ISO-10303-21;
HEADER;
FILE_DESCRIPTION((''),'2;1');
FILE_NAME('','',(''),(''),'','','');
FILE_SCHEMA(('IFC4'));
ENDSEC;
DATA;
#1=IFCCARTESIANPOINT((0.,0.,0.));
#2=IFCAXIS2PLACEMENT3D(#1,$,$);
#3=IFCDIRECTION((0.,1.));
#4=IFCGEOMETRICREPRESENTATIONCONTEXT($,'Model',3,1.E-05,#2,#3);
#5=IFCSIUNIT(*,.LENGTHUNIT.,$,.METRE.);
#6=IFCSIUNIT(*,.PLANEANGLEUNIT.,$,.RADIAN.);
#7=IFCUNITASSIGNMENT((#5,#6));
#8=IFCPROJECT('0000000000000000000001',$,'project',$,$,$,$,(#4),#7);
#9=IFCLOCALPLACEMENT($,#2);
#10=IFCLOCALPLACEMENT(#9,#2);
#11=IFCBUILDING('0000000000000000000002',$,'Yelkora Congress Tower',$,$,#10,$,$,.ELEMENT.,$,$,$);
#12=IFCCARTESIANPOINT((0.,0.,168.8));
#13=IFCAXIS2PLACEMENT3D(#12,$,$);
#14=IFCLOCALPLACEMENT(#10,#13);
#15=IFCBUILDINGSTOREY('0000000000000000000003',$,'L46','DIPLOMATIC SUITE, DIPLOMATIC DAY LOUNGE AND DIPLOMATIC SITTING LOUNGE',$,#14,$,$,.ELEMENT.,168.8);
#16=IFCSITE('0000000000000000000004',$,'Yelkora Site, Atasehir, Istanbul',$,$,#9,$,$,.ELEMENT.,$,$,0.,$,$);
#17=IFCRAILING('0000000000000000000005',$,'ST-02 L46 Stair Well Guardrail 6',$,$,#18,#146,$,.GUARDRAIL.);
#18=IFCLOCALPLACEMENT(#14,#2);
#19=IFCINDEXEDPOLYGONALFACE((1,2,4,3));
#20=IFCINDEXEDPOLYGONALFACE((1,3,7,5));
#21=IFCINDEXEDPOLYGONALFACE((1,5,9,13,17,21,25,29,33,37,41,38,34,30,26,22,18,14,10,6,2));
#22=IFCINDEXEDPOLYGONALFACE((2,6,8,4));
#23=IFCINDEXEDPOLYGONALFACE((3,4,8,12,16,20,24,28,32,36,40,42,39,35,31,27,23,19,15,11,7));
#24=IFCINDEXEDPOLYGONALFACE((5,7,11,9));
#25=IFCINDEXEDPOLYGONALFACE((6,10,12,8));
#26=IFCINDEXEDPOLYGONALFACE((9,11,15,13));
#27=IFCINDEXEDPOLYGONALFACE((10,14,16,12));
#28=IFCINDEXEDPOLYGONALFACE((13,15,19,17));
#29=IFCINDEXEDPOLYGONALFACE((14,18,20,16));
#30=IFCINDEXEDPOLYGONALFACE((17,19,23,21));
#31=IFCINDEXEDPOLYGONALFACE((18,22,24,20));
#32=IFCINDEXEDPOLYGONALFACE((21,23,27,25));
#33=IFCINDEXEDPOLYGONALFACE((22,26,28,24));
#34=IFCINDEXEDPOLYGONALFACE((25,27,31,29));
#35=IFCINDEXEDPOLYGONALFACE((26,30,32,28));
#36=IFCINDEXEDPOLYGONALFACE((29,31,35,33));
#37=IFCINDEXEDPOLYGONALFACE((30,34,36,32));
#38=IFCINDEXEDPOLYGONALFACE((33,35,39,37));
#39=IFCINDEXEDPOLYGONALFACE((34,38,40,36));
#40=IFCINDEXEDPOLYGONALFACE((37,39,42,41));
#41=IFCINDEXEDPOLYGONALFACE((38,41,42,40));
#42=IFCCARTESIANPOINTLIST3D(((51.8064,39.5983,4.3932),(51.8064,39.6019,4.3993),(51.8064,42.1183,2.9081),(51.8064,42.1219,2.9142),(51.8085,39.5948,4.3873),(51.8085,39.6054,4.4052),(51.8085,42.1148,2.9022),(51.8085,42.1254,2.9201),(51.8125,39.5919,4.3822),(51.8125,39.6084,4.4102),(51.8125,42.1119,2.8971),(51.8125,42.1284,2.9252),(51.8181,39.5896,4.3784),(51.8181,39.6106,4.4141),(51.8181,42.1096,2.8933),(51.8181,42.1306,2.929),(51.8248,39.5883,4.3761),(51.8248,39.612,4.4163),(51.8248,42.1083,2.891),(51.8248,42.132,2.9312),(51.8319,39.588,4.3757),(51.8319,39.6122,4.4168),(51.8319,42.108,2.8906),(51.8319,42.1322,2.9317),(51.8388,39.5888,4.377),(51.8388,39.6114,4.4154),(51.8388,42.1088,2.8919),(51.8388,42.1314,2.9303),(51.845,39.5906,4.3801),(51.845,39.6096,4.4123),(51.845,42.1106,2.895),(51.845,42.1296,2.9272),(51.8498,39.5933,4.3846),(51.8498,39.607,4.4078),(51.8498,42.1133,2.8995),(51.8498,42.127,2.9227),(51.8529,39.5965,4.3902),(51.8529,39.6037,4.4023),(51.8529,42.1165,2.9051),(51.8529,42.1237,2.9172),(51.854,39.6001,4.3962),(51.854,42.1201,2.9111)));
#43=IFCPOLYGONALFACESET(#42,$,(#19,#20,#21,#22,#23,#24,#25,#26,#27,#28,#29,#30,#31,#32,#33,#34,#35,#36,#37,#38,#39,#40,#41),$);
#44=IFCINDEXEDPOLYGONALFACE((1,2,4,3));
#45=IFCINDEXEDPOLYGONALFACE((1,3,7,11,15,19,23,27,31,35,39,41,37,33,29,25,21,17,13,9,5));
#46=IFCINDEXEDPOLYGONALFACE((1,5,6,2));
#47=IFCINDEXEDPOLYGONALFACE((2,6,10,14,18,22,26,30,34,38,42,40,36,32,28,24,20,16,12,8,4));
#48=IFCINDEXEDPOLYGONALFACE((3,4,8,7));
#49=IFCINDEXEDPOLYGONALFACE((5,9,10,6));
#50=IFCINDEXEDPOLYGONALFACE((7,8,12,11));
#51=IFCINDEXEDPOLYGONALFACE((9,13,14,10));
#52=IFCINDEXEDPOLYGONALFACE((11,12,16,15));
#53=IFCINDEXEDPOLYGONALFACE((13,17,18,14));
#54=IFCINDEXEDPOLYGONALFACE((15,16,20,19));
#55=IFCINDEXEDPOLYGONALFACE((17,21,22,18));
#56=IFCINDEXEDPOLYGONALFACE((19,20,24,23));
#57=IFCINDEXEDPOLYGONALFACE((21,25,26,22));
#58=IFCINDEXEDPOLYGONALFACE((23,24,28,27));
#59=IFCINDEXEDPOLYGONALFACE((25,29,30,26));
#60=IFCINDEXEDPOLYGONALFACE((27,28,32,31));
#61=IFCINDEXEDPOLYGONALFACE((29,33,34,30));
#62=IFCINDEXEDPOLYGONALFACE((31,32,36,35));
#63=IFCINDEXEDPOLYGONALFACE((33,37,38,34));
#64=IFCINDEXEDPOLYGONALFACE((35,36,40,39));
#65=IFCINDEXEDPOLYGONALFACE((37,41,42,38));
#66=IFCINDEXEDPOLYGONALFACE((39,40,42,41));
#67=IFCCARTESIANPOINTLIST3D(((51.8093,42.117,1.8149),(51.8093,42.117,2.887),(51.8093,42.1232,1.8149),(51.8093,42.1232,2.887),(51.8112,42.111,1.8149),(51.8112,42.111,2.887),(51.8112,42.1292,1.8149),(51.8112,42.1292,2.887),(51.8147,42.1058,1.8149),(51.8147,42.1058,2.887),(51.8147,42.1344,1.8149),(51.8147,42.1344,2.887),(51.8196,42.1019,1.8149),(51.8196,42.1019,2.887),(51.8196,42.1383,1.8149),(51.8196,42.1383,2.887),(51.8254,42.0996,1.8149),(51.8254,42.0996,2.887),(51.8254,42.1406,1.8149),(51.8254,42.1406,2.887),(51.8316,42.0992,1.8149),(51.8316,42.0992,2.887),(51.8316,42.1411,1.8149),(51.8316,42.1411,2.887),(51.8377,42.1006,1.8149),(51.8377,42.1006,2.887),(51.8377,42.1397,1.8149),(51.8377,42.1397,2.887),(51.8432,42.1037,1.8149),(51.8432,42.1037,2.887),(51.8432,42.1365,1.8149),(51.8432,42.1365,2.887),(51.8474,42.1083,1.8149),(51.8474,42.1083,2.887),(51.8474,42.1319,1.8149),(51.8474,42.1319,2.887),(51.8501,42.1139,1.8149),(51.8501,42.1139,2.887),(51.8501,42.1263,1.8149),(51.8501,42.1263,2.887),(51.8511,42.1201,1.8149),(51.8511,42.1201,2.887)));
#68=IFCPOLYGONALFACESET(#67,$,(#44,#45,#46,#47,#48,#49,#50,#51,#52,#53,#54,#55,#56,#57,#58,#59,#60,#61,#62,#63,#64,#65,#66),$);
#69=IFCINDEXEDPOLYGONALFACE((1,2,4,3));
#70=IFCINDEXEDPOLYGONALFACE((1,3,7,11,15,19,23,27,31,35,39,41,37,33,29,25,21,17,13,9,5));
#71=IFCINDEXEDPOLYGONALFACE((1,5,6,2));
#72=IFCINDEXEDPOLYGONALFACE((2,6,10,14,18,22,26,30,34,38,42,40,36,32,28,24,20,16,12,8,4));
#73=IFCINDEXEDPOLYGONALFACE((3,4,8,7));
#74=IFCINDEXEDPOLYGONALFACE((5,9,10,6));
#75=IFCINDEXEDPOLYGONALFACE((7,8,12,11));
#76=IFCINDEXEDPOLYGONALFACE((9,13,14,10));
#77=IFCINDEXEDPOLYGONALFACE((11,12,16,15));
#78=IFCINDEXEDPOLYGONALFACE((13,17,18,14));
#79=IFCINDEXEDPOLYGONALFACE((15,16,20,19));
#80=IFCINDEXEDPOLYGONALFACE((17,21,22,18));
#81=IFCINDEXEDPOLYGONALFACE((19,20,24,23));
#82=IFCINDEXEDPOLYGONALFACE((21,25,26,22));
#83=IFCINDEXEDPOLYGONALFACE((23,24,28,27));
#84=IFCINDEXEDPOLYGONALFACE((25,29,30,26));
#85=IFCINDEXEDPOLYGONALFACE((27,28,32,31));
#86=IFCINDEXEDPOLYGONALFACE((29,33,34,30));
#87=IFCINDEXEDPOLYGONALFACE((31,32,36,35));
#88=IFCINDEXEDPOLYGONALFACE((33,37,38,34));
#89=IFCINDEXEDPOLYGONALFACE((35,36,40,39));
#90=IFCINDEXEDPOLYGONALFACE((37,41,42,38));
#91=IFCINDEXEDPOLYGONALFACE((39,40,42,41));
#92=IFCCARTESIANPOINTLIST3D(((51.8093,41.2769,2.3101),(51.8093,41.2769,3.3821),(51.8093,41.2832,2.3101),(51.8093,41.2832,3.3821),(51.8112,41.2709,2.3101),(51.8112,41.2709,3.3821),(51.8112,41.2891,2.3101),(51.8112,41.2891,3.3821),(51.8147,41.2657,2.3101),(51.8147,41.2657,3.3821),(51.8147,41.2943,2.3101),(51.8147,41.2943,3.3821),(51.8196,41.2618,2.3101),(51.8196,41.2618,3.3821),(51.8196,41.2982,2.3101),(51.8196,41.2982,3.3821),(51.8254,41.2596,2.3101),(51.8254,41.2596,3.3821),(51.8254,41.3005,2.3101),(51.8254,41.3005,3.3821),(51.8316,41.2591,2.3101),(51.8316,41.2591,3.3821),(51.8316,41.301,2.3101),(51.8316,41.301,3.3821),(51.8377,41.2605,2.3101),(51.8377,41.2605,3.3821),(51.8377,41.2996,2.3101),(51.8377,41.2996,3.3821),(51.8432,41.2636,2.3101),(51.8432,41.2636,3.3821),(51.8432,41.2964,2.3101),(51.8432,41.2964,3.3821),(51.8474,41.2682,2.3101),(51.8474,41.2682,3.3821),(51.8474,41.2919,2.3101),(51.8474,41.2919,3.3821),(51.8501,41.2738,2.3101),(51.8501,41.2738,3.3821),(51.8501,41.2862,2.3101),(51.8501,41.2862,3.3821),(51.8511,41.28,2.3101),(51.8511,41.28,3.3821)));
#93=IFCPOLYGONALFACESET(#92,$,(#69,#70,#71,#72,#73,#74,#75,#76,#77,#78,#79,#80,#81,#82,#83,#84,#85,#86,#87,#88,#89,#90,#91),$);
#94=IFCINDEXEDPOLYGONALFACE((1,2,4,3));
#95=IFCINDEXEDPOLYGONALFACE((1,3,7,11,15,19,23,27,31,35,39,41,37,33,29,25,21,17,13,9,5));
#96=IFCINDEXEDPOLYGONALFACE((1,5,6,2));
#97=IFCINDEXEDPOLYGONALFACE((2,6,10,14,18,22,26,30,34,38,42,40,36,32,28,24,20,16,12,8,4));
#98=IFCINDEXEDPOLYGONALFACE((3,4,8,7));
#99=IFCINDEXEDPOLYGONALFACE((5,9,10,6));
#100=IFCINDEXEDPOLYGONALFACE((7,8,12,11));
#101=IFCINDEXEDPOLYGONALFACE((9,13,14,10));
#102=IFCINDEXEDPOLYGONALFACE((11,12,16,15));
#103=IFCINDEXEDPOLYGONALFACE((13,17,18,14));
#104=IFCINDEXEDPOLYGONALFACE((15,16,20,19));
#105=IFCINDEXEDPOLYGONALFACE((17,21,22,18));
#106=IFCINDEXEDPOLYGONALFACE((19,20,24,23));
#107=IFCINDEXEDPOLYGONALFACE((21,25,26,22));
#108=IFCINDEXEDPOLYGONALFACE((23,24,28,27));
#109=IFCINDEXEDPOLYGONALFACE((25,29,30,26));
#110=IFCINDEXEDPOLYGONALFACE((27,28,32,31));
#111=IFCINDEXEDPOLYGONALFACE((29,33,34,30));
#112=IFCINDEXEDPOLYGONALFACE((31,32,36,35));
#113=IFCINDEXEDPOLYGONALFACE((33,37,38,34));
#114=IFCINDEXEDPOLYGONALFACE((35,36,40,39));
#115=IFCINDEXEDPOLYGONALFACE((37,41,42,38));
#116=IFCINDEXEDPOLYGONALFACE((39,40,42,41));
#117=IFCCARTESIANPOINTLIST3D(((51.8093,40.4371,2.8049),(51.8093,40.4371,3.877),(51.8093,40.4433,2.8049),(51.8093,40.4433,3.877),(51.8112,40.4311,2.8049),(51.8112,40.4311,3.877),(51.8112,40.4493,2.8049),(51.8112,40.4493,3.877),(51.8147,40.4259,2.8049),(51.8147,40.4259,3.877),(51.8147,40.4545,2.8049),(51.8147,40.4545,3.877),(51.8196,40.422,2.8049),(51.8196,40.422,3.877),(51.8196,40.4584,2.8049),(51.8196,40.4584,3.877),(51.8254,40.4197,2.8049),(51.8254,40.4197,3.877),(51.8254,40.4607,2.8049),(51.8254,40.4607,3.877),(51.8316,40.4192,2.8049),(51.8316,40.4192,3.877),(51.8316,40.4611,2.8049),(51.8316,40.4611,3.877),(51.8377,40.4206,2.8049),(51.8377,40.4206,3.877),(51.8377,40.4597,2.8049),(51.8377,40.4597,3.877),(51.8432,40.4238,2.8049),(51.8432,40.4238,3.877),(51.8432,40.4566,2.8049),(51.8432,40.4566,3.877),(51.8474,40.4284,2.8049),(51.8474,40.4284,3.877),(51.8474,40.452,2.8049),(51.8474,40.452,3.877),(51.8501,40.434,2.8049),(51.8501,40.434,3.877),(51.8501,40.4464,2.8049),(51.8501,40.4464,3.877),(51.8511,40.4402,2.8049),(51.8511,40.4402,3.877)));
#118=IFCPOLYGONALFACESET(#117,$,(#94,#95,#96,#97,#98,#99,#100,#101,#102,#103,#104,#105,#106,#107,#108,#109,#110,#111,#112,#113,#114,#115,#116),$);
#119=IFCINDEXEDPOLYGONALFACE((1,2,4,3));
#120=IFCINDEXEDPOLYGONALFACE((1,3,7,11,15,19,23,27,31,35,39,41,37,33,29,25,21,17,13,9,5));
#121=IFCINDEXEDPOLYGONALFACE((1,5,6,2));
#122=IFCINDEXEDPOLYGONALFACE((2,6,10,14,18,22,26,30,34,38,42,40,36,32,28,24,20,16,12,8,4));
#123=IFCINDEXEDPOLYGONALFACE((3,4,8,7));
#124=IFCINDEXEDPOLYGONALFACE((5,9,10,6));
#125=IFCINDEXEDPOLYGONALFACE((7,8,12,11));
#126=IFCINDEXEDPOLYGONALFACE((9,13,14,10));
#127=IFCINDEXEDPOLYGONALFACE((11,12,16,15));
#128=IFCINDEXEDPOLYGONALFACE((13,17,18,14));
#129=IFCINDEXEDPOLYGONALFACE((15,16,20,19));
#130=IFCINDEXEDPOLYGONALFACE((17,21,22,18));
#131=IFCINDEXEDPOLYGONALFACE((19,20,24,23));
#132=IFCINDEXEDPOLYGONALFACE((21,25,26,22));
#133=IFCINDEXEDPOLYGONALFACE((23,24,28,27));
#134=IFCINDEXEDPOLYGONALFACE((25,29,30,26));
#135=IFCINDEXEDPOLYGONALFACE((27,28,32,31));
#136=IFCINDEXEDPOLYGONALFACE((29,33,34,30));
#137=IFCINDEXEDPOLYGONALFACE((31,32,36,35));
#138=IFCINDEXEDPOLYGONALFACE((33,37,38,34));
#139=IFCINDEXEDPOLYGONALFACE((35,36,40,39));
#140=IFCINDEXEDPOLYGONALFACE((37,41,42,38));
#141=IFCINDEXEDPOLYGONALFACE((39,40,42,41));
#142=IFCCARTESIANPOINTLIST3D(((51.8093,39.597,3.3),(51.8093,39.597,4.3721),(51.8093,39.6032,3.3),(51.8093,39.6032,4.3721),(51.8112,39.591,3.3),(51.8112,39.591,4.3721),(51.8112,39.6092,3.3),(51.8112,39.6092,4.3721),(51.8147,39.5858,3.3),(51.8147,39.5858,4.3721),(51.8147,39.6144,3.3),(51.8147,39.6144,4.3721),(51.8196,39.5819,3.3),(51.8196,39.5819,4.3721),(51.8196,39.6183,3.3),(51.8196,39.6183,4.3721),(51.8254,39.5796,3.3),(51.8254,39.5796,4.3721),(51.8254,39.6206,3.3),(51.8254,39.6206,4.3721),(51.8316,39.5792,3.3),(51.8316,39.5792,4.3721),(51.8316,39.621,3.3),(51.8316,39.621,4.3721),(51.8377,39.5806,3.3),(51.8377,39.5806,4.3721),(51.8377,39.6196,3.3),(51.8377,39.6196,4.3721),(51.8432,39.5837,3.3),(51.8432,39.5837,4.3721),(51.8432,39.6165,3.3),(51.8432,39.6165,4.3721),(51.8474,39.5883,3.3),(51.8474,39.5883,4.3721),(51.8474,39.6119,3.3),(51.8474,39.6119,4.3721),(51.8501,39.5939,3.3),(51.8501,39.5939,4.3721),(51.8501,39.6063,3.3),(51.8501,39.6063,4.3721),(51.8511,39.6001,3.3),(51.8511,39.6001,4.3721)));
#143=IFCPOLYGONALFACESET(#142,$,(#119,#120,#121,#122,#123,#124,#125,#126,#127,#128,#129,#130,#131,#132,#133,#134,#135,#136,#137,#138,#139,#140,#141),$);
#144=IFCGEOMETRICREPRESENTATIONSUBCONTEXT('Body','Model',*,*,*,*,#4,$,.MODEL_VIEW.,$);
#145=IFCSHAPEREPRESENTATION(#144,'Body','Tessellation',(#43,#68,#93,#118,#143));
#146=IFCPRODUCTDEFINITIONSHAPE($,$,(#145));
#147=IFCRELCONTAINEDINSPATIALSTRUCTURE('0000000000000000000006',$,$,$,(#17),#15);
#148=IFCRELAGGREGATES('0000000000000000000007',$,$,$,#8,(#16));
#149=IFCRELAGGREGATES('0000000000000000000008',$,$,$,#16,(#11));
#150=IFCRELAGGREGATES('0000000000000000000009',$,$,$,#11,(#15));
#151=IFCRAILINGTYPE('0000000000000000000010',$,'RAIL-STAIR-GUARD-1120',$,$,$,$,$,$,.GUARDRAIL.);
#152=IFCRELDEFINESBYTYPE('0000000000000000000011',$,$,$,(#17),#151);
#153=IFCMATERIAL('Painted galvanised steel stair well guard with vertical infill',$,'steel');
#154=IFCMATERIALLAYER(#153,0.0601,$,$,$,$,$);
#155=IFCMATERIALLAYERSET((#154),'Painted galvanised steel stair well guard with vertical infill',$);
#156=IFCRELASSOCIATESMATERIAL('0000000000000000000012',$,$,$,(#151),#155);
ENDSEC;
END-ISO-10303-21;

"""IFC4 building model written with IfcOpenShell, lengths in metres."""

from ifc_helpers import new_model, si_unit, direction, frame, origin, origin_2d, place, context, subcontext, project, spatial, circle, extrude, material, layer, layer_set, type_object, element, save


model = new_model("IFC4")

# Units and contexts
model_context = context("Model", 3, precision=1e-05, world=origin(), true_north=direction((0.0, 1.0)))
body_context = subcontext(model_context, "Body", "Model", "MODEL_VIEW")
ifc_project = project(units=[si_unit("LENGTHUNIT", "METRE"), si_unit("PLANEANGLEUNIT", "RADIAN")], contexts=[model_context])

# Site, building, storey
site_placement = place(None, origin())
site = spatial("IfcSite", under=ifc_project, at=site_placement, Name="Yelkora Site, Atasehir, Istanbul", CompositionType="ELEMENT", RefElevation=0.0)
building_placement = place(site_placement, origin())
building = spatial("IfcBuilding", under=site, at=building_placement, Name="Yelkora Congress Tower", CompositionType="ELEMENT")
storey_placement = place(building_placement, frame((0.0, 0.0, 168.8)))
storey = spatial("IfcBuildingStorey", under=building, at=storey_placement, Name="L46", Description="DIPLOMATIC SUITE, DIPLOMATIC DAY LOUNGE AND DIPLOMATIC SITTING LOUNGE", CompositionType="ELEMENT", Elevation=168.8)

# Railing
ifc_material_1 = material(Name="Painted galvanised steel stair well guard with vertical infill", Category="steel")
ifc_layer_1 = layer(ifc_material_1, 0.0601)
ifc_layer_set_1 = layer_set([ifc_layer_1], Name="Painted galvanised steel stair well guard with vertical infill")
railing_type_1 = type_object("IfcRailingType", Name="RAIL-STAIR-GUARD-1120", PredefinedType="GUARDRAIL", material=ifc_layer_set_1)
railing_1_placement = place(storey_placement, frame((51.8301, 42.1201, 1.8149)))
element("IfcRailing", 1, at=railing_1_placement, inside=storey, type_object=railing_type_1, Name="ST-02 L46 Stair Well Guardrail 6", PredefinedType="GUARDRAIL", context=body_context, shape_type="SweptSolid", body=[
    extrude(circle(Radius=0.0239, at=origin_2d()), frame((0.0, 0.0, 1.0962), z_axis=(0.0, -0.861524, 0.507717), x_axis=(1.0, 0.0, 0.0)), (0.0, 0.0, 1.0), 2.925),
    extrude(circle(Radius=0.021, at=origin_2d()), origin(), (0.0, 0.0, 1.0), 1.072),
    extrude(circle(Radius=0.021, at=origin_2d()), frame((0.0, -0.8401, 0.4951)), (0.0, 0.0, 1.0), 1.072),
    extrude(circle(Radius=0.021, at=origin_2d()), frame((0.0, -1.6799, 0.99)), (0.0, 0.0, 1.0), 1.072),
    extrude(circle(Radius=0.021, at=origin_2d()), frame((0.0, -2.52, 1.4851)), (0.0, 0.0, 1.0), 1.072),
])

save(model, "model.ifc")
